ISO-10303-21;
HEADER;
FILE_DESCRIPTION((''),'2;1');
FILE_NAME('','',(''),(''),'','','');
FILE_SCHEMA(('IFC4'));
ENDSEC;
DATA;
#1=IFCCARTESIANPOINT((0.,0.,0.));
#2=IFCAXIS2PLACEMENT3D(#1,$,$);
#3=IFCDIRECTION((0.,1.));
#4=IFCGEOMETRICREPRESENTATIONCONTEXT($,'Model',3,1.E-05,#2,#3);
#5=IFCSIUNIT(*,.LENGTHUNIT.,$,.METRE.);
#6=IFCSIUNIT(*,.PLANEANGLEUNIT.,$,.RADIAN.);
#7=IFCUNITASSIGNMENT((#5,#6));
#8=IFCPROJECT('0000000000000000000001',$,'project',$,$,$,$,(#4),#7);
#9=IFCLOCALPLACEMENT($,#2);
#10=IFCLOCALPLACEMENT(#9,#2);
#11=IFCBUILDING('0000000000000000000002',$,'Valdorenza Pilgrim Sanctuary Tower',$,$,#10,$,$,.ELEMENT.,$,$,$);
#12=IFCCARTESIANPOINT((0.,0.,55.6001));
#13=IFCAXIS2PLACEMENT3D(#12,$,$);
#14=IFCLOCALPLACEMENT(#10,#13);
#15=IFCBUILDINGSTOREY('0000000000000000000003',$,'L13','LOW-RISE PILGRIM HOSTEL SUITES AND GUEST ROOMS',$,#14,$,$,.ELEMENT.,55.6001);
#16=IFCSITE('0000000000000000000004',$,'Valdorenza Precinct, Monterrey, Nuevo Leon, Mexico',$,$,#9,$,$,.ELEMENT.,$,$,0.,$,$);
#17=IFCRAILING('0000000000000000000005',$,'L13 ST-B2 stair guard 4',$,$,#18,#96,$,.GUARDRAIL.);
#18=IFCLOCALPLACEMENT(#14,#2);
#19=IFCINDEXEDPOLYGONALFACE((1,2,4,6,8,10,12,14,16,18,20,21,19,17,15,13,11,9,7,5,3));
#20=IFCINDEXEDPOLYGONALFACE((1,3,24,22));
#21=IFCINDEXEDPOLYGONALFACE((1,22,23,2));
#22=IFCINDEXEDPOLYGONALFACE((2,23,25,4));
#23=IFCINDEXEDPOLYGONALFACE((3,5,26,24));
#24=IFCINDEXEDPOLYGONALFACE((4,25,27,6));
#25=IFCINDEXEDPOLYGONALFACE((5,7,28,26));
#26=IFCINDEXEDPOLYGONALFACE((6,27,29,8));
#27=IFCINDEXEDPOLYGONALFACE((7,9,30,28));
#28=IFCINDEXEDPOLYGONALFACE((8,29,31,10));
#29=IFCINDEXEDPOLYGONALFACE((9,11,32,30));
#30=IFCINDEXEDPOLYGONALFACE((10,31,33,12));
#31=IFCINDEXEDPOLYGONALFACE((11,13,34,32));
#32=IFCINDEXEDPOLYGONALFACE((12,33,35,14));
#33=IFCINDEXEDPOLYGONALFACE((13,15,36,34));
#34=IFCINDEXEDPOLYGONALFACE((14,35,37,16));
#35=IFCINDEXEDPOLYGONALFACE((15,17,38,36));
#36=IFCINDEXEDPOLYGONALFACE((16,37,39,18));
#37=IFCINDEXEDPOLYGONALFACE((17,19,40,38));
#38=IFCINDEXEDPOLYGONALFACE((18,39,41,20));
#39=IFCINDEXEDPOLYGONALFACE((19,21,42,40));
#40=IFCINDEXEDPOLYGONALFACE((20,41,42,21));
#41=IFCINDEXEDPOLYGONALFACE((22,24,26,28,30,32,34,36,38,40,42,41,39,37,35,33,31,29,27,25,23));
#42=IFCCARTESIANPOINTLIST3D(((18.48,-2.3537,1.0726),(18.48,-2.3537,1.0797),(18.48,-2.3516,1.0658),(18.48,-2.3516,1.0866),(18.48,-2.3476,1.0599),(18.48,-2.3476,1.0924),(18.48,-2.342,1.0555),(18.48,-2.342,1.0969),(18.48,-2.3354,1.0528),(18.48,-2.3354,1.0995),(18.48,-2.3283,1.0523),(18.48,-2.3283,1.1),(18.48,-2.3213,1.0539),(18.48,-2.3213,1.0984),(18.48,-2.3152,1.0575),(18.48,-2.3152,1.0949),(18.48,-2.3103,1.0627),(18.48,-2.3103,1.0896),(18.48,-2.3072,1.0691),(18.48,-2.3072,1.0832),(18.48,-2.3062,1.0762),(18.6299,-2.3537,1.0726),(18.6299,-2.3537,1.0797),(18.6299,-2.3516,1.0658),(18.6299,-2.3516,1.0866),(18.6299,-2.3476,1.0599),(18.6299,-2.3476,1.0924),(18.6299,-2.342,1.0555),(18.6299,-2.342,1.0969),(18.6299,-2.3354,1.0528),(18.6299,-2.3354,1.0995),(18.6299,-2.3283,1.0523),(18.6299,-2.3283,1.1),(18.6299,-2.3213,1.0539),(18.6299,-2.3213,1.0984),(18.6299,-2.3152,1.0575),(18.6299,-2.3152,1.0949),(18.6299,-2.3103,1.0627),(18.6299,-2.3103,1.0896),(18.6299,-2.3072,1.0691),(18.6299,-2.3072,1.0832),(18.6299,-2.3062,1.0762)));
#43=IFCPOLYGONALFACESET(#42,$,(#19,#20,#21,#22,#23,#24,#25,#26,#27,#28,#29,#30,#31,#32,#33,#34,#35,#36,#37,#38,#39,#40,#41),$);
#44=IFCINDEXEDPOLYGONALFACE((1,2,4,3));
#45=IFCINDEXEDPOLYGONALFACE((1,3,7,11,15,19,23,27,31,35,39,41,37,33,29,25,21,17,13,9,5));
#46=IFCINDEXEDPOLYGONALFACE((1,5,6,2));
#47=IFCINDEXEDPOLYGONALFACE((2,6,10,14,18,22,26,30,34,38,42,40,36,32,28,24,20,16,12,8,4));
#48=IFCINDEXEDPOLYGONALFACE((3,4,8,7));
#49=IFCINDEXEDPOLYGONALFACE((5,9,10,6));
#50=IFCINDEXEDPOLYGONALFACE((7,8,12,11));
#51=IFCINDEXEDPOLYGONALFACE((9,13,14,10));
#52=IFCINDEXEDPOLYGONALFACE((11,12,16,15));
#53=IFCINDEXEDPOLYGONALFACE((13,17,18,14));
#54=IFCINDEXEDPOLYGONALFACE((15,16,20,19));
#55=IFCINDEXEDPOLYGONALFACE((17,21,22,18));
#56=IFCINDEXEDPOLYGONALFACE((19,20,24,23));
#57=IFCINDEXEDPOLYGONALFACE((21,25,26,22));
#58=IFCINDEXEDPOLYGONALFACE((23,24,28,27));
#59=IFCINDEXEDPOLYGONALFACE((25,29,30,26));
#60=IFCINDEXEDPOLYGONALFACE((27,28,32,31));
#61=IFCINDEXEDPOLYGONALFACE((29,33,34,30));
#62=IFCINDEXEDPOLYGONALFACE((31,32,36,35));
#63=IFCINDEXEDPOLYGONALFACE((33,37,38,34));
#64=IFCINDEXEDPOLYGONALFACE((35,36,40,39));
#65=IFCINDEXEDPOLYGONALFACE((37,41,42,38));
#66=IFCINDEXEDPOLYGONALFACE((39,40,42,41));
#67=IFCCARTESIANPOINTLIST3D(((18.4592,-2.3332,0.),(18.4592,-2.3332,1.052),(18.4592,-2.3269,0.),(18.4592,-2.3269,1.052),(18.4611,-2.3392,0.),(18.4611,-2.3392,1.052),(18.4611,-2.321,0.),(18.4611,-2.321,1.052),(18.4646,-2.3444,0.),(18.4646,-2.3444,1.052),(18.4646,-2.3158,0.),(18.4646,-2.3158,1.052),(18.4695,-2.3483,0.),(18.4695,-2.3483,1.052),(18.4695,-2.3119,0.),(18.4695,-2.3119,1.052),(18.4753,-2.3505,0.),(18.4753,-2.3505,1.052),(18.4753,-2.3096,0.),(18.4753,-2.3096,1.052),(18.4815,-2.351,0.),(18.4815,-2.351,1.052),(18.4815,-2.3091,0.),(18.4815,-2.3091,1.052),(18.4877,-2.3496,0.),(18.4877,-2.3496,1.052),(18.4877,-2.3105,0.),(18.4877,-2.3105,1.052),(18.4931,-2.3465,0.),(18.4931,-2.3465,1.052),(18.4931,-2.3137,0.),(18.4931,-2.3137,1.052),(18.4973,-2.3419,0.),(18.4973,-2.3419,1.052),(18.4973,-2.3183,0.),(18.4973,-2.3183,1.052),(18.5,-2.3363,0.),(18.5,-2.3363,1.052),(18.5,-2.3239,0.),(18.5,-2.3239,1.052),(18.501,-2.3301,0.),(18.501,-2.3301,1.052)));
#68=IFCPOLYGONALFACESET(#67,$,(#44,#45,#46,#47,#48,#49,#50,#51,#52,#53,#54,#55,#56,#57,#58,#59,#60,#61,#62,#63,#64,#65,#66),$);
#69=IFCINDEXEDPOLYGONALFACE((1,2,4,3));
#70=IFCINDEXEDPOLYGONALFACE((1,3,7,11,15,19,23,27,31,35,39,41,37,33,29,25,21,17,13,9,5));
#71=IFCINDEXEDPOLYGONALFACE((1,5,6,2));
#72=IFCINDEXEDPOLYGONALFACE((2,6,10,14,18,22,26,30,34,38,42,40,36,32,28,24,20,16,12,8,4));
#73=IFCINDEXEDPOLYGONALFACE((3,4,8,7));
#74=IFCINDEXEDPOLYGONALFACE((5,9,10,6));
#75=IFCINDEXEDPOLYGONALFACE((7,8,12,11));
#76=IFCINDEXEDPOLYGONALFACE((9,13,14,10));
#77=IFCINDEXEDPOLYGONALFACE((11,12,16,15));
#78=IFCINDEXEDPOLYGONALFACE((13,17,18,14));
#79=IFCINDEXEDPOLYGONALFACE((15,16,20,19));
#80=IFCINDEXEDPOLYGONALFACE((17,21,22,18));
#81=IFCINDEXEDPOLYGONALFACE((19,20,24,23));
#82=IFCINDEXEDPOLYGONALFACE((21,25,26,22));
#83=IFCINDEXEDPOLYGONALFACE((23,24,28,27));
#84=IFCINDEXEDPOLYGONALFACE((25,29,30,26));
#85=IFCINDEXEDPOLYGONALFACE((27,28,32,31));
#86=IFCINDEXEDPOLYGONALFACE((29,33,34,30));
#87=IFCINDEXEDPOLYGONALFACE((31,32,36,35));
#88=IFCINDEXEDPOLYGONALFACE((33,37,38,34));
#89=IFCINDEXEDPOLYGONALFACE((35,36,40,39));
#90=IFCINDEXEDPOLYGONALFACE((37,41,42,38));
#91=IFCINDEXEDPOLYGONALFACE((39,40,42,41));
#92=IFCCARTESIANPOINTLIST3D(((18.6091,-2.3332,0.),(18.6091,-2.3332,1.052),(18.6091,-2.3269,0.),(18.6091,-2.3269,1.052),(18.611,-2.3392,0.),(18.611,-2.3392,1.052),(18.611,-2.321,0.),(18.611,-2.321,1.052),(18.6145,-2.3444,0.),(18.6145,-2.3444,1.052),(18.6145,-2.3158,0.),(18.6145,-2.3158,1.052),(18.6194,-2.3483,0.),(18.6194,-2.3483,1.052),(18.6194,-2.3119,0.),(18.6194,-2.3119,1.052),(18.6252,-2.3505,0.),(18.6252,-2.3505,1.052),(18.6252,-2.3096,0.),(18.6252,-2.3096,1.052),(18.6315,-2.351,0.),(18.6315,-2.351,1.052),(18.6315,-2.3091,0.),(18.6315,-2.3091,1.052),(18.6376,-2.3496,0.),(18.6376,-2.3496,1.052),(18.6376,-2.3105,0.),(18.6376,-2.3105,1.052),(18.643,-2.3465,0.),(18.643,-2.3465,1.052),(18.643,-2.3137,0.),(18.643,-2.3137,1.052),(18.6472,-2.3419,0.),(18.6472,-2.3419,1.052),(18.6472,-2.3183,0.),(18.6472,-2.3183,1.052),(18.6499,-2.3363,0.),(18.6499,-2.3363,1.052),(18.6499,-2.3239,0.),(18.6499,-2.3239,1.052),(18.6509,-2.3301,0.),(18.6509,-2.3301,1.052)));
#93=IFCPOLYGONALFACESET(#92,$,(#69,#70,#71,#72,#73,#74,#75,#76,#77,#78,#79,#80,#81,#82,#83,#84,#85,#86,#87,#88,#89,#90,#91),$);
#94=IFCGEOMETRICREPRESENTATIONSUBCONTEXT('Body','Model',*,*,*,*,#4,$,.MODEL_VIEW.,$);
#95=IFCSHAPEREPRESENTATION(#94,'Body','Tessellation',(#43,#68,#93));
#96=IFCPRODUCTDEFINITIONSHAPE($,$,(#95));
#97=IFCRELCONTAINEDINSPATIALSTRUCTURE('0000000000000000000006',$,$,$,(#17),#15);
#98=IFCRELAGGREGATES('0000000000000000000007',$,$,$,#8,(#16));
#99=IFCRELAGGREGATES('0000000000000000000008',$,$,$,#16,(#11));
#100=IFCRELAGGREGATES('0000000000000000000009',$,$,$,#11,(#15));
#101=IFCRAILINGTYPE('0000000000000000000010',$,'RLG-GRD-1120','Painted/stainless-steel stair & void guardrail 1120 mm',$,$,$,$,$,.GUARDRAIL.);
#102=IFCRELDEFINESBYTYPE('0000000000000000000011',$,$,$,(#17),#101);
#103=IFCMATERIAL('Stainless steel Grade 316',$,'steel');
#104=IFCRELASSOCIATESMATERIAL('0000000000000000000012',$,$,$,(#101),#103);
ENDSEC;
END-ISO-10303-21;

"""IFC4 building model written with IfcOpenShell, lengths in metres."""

from ifc_helpers import new_model, si_unit, direction, frame, origin, origin_2d, place, context, subcontext, project, spatial, circle, extrude, material, type_object, element, save


model = new_model("IFC4")

# Units and contexts
model_context = context("Model", 3, precision=1e-05, world=origin(), true_north=direction((0.0, 1.0)))
body_context = subcontext(model_context, "Body", "Model", "MODEL_VIEW")
ifc_project = project(units=[si_unit("LENGTHUNIT", "METRE"), si_unit("PLANEANGLEUNIT", "RADIAN")], contexts=[model_context])

# Site, building, storey
site_placement = place(None, origin())
site = spatial("IfcSite", under=ifc_project, at=site_placement, Name="Valdorenza Precinct, Monterrey, Nuevo Leon, Mexico", CompositionType="ELEMENT", RefElevation=0.0)
building_placement = place(site_placement, origin())
building = spatial("IfcBuilding", under=site, at=building_placement, Name="Valdorenza Pilgrim Sanctuary Tower", CompositionType="ELEMENT")
storey_placement = place(building_placement, frame((0.0, 0.0, 55.6001)))
storey = spatial("IfcBuildingStorey", under=building, at=storey_placement, Name="L13", Description="LOW-RISE PILGRIM HOSTEL SUITES AND GUEST ROOMS", CompositionType="ELEMENT", Elevation=55.6001)

# Railing
ifc_material_1 = material(Name="Stainless steel Grade 316", Category="steel")
railing_type_1 = type_object("IfcRailingType", Name="RLG-GRD-1120", Description="Painted/stainless-steel stair & void guardrail 1120 mm", PredefinedType="GUARDRAIL", material=ifc_material_1)
railing_1_placement = place(storey_placement, frame((18.48, -2.3301, 0.0)))
element("IfcRailing", 1, at=railing_1_placement, inside=storey, type_object=railing_type_1, Name="L13 ST-B2 stair guard 4", PredefinedType="GUARDRAIL", context=body_context, shape_type="SweptSolid", body=[
    extrude(circle(Radius=0.0239, at=origin_2d()), frame((0.0, 0.0, 1.0762), z_axis=(1.0, 0.0, 0.0), x_axis=(0.0, 1.0, 0.0)), (0.0, 0.0, 1.0), 0.1499),
    extrude(circle(Radius=0.021, at=origin_2d()), origin(), (0.0, 0.0, 1.0), 1.052),
    extrude(circle(Radius=0.021, at=origin_2d()), frame((0.1499, 0.0, 0.0)), (0.0, 0.0, 1.0), 1.052),
])

save(model, "model.ifc")
